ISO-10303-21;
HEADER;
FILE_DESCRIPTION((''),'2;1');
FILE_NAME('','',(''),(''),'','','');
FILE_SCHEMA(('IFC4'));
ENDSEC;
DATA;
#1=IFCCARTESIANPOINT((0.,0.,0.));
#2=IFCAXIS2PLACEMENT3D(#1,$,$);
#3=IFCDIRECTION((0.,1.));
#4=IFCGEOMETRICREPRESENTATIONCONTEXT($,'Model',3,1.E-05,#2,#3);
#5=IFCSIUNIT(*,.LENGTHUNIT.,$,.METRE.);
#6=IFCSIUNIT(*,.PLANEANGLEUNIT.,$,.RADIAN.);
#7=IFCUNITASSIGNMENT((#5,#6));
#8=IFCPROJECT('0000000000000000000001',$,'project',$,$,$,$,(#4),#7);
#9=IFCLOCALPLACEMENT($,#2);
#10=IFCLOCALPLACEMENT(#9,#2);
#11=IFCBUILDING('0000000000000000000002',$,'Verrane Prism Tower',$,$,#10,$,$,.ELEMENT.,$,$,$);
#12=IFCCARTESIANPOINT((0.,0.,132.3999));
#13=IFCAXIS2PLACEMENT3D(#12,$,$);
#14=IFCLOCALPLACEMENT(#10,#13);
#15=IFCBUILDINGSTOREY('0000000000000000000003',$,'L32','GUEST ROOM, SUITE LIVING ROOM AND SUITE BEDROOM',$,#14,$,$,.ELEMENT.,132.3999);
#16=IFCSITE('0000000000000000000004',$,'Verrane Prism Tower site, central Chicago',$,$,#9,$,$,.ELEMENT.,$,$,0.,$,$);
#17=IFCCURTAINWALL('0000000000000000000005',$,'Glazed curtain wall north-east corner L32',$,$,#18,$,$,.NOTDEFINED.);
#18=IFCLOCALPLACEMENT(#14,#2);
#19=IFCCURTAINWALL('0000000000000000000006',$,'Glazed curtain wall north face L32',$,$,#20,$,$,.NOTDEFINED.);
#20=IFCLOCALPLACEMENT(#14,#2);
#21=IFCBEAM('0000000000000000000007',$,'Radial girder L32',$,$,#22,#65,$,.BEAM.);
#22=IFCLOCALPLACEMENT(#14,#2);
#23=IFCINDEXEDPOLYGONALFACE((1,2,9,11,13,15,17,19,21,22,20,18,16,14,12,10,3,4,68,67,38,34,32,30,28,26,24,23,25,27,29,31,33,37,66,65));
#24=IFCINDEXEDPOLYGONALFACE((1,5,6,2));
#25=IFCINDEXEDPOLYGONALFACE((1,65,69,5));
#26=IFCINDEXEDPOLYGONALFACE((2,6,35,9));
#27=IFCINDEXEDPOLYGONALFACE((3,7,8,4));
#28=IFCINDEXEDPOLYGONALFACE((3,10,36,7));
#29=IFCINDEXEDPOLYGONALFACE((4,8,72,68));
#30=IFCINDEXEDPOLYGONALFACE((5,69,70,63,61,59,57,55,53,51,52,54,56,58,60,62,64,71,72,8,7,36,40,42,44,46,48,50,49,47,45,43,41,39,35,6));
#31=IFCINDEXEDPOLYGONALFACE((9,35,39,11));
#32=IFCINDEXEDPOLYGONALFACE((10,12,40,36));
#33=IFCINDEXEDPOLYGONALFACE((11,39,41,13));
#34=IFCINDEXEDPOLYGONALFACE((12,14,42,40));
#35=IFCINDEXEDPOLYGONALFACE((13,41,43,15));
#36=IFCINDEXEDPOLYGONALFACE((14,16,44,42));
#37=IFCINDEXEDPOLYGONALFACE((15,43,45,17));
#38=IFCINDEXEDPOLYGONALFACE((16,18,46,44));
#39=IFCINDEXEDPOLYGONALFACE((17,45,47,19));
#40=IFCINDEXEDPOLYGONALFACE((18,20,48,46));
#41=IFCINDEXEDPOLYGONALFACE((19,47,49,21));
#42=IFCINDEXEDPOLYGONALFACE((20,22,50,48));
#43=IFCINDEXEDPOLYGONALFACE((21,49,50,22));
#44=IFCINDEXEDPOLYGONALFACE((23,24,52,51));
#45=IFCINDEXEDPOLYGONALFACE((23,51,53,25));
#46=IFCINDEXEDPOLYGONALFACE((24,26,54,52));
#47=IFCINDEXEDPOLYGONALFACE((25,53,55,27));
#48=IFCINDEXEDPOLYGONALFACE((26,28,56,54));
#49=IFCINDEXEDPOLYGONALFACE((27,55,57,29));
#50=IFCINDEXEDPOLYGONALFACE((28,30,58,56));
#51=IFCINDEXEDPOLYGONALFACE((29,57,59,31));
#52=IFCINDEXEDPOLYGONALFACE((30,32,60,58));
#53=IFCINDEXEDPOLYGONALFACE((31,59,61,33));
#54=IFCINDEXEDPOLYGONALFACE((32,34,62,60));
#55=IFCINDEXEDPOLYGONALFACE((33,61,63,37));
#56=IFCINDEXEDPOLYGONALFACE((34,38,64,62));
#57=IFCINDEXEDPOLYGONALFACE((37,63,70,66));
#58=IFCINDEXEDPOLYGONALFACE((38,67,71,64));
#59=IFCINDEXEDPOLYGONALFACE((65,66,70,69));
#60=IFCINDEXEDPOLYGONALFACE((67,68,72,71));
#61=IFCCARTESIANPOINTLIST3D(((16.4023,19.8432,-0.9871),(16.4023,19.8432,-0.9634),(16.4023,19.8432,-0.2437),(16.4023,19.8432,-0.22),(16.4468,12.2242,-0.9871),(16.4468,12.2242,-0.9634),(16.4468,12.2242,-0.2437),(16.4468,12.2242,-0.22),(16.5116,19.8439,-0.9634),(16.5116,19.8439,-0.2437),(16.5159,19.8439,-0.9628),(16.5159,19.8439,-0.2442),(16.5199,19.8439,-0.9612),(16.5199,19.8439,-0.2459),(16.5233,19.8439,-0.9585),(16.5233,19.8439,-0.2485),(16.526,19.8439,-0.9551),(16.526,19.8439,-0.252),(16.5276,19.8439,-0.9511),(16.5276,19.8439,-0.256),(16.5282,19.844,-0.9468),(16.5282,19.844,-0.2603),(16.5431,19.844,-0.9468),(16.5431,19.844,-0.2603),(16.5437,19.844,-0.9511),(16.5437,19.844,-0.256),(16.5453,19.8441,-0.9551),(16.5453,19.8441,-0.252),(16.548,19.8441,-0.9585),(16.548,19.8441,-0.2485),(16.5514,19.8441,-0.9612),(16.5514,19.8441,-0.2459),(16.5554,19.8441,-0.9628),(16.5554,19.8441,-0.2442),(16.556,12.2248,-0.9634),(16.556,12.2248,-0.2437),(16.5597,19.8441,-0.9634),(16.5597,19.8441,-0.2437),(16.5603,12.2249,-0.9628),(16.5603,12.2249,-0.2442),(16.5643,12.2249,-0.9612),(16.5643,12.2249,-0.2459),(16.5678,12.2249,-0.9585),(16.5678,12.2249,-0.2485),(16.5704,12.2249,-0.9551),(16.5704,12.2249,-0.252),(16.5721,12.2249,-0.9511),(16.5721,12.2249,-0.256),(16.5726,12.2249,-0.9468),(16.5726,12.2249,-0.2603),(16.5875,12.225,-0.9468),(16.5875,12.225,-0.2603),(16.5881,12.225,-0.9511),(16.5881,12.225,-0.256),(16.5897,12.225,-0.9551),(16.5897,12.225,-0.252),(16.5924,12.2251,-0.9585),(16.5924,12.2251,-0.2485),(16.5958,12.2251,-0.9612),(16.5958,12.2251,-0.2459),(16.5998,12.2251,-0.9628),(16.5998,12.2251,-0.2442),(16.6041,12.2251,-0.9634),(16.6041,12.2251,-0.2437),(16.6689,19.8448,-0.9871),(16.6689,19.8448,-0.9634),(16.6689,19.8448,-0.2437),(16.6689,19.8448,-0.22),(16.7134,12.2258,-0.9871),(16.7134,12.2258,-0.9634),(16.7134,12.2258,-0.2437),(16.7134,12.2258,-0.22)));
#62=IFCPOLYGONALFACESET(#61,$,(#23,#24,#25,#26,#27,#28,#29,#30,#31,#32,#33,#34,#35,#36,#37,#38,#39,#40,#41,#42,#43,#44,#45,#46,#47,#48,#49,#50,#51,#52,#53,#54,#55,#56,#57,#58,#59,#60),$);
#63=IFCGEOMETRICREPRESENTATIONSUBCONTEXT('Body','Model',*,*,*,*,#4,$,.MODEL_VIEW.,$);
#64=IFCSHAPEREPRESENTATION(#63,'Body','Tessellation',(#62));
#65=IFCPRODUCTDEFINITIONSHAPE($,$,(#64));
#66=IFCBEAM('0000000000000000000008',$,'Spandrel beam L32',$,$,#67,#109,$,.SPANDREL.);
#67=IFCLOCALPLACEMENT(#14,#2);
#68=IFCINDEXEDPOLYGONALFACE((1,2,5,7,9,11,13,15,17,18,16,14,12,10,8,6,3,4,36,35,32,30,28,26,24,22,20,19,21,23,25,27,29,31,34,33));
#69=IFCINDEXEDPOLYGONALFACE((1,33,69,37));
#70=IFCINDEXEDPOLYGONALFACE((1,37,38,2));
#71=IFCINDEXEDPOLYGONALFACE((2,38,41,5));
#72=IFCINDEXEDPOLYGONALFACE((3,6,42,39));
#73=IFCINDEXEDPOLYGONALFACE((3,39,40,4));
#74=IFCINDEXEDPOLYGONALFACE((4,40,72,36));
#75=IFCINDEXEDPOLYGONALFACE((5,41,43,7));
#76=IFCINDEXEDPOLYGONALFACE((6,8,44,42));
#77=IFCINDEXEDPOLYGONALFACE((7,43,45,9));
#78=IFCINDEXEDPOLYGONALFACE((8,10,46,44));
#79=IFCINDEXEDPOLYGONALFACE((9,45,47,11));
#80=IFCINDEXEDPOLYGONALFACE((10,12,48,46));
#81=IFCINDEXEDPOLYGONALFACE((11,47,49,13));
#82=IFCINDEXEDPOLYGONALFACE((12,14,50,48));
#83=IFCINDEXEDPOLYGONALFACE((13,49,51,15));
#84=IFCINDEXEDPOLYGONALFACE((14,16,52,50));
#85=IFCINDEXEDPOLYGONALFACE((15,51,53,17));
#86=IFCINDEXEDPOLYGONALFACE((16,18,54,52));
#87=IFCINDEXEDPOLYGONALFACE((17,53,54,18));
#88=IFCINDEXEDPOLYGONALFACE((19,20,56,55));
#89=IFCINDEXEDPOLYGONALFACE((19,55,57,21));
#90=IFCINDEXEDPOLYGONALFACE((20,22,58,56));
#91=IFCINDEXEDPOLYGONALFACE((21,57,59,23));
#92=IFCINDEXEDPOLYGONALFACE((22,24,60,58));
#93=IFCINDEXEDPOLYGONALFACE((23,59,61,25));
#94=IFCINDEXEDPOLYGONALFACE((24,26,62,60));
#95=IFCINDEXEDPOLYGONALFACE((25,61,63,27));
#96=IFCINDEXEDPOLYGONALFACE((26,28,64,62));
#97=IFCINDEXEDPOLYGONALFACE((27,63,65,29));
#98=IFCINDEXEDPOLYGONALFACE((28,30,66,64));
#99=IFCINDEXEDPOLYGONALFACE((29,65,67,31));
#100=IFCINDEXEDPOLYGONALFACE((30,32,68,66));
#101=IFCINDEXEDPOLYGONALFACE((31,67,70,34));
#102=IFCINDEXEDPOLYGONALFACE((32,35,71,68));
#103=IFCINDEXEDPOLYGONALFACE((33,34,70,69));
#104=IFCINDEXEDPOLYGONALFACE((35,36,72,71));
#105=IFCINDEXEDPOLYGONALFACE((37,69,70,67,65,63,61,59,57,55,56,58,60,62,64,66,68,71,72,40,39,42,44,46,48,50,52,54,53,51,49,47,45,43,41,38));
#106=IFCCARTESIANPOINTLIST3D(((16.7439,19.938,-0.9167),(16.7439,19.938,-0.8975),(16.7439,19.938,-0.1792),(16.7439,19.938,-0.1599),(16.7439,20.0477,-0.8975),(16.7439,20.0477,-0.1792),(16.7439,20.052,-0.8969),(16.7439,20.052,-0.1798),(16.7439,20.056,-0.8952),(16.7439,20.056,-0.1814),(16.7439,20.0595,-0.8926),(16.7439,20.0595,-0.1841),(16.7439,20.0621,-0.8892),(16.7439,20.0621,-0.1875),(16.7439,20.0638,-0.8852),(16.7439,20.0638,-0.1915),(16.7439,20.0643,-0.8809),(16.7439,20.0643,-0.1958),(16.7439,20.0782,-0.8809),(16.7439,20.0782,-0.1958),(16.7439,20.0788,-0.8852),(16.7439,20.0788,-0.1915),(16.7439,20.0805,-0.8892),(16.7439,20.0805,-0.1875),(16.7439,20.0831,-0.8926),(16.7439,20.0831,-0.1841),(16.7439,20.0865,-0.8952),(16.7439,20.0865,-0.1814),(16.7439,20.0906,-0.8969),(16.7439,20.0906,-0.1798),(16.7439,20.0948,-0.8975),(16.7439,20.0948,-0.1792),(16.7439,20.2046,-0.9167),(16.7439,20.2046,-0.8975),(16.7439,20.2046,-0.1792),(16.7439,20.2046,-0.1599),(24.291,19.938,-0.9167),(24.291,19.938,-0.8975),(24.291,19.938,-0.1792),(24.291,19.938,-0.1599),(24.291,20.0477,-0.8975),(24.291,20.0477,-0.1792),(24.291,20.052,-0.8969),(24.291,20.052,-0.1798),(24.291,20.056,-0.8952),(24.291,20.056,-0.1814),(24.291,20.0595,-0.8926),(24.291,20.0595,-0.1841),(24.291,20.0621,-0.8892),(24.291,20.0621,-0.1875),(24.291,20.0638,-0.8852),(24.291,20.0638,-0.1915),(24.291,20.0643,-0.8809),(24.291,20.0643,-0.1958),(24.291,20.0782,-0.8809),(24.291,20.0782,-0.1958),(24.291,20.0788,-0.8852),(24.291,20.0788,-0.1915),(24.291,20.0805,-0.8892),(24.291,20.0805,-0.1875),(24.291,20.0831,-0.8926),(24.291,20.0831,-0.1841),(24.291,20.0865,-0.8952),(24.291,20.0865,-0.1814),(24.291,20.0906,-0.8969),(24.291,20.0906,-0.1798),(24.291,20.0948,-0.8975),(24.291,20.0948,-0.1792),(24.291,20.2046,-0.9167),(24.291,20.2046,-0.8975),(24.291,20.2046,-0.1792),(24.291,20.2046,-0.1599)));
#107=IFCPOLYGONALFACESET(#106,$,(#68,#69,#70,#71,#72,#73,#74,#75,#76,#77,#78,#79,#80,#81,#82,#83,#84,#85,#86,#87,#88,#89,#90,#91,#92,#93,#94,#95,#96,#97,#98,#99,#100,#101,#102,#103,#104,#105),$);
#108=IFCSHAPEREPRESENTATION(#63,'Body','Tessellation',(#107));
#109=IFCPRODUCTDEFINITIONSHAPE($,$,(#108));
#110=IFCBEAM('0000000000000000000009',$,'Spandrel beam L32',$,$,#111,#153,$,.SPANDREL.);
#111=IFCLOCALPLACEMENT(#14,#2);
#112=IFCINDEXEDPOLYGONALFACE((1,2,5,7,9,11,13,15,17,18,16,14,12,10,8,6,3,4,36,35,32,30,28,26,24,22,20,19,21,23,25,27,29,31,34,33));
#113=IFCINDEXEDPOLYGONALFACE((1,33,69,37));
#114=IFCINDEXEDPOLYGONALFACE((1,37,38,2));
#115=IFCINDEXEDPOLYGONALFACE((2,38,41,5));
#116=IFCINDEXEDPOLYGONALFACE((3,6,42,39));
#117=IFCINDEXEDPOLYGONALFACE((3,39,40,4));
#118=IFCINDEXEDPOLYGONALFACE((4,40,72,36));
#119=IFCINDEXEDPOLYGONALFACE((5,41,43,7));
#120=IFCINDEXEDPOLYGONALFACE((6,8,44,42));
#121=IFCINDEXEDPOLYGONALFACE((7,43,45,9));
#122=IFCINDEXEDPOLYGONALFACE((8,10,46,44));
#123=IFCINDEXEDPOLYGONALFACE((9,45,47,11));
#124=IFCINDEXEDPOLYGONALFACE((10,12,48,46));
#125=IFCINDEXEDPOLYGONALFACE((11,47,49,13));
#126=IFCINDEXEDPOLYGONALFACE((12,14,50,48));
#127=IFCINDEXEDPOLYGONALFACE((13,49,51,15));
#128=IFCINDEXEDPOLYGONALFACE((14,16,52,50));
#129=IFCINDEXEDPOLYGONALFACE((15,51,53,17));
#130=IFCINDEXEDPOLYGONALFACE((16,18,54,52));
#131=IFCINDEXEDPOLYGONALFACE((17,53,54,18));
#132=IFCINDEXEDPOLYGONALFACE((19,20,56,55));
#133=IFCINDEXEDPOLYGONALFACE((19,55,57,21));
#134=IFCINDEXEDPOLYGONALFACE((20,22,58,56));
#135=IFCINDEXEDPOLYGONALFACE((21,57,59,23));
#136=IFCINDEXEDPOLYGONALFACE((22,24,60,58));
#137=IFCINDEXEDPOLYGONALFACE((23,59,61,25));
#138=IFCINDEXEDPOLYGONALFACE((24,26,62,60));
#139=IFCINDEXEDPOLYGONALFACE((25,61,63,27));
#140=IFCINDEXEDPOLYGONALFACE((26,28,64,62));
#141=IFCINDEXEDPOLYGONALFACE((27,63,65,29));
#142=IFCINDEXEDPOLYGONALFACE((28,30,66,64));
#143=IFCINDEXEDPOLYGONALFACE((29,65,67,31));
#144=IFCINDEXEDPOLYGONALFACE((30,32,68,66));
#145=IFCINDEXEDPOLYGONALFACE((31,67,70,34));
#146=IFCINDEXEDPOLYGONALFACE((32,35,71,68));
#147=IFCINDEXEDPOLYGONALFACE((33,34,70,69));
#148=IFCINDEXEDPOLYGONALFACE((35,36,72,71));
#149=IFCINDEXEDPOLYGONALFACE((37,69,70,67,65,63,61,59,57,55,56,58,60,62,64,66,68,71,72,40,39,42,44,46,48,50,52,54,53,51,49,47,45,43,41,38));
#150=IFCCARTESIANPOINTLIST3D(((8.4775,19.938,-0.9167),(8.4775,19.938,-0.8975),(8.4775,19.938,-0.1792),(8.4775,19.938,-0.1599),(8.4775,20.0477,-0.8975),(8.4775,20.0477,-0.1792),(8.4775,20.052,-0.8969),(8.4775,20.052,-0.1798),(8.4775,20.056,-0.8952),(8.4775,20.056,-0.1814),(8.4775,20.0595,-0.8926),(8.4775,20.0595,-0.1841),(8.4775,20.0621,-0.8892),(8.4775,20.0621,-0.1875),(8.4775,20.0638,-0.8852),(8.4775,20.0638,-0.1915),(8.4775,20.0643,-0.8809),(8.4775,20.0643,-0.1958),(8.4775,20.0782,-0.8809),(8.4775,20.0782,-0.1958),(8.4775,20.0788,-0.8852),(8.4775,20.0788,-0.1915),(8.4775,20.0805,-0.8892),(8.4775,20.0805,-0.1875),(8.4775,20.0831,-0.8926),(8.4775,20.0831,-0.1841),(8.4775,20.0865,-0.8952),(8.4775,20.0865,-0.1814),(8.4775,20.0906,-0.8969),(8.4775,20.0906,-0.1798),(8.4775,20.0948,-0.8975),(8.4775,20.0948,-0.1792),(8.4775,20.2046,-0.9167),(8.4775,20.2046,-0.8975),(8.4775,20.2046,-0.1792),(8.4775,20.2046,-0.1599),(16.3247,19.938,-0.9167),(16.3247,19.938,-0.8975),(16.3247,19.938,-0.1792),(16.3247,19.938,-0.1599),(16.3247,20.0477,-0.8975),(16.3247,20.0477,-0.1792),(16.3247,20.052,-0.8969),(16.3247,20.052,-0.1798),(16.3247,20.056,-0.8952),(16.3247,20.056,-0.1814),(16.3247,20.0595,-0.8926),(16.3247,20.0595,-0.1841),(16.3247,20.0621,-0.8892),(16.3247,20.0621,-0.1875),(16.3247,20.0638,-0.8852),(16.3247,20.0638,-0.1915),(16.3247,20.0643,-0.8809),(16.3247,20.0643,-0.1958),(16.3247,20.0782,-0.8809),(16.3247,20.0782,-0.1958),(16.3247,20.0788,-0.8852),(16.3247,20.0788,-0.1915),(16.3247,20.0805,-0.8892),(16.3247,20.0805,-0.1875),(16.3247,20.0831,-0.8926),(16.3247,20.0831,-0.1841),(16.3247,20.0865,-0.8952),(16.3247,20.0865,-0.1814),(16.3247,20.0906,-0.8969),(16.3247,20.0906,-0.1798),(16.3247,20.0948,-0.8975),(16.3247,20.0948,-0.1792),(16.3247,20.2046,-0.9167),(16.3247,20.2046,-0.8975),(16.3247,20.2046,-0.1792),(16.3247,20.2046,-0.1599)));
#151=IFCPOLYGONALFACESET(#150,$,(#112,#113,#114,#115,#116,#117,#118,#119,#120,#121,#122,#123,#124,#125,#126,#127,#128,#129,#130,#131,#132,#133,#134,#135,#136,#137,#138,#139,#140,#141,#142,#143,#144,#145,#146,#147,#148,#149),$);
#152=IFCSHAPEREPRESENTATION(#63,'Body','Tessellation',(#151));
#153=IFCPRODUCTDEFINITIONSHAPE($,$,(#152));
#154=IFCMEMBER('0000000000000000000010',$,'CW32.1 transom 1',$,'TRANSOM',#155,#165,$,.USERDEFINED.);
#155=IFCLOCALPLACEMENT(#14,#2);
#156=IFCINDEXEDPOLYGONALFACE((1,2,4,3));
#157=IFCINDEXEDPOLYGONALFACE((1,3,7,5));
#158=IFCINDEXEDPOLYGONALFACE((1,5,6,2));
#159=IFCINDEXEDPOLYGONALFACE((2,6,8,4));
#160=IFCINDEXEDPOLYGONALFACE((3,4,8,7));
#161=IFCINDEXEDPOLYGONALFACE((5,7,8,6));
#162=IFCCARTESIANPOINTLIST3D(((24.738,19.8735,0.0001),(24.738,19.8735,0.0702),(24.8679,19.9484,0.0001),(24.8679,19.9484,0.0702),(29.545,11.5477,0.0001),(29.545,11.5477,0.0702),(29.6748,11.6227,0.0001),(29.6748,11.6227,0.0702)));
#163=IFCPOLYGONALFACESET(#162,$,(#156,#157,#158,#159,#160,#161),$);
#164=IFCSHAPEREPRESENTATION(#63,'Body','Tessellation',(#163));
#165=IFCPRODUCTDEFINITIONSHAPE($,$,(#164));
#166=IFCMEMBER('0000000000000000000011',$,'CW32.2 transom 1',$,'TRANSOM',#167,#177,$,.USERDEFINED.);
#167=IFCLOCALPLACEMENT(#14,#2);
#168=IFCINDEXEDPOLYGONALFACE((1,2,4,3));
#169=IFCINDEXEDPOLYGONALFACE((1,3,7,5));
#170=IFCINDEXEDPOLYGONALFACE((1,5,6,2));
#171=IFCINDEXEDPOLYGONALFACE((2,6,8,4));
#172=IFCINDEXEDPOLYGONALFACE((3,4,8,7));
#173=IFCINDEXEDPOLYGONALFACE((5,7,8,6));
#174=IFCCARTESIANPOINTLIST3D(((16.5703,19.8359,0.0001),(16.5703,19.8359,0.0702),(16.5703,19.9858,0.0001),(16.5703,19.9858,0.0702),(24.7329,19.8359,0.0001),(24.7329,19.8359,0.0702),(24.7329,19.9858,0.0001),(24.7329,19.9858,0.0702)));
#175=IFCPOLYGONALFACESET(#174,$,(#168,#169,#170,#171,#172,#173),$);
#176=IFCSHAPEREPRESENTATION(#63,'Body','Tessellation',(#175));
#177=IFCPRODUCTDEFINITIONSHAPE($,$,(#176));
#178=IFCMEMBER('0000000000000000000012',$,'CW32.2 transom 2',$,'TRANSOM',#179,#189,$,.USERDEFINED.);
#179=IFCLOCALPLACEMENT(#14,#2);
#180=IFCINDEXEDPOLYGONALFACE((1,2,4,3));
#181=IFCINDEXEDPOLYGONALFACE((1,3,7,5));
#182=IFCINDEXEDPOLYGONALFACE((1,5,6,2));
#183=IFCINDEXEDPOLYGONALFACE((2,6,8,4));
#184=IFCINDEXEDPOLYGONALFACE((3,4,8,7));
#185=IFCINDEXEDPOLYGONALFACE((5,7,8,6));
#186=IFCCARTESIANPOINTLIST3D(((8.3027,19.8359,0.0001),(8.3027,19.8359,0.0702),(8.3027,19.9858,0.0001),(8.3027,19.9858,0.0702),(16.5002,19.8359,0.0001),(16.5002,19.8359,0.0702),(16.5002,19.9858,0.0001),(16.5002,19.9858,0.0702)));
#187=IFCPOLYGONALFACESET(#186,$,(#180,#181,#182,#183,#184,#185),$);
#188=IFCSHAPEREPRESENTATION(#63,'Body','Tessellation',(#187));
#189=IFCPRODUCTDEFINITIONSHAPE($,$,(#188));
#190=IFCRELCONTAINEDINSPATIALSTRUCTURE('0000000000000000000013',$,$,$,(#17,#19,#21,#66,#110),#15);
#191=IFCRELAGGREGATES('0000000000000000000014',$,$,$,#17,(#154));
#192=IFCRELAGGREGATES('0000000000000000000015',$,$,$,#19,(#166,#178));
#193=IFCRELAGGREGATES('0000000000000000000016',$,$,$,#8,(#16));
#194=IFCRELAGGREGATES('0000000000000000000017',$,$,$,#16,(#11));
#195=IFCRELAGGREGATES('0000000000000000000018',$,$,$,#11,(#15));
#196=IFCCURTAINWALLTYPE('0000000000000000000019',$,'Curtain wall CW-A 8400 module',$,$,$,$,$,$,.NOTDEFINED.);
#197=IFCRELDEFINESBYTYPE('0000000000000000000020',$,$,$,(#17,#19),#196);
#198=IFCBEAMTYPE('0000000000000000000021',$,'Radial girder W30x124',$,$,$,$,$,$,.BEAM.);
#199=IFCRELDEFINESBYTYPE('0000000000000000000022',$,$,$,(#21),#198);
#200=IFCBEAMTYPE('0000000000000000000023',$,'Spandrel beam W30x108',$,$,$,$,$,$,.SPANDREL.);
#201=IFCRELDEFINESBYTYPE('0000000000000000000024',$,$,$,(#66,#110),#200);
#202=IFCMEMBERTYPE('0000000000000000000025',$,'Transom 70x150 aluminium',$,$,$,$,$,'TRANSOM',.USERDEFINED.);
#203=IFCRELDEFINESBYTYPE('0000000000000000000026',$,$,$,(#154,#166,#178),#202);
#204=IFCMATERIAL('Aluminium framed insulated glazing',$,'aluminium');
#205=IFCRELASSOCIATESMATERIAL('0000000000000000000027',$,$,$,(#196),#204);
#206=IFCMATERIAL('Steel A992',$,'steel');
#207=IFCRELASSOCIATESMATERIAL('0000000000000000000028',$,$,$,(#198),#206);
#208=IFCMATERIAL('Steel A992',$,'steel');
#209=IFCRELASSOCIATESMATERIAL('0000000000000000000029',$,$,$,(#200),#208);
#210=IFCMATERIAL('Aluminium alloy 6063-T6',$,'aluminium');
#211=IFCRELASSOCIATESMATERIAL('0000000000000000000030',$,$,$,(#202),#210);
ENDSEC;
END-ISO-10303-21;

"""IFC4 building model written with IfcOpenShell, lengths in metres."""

from ifc_helpers import new_model, si_unit, direction, frame, origin, origin_2d, place, context, subcontext, project, spatial, rectangle, i_section, extrude, material, material_profile, profile_set, type_object, element, aggregate, save


model = new_model("IFC4")

# Units and contexts
model_context = context("Model", 3, precision=1e-05, world=origin(), true_north=direction((0.0, 1.0)))
body_context = subcontext(model_context, "Body", "Model", "MODEL_VIEW")
ifc_project = project(units=[si_unit("LENGTHUNIT", "METRE"), si_unit("PLANEANGLEUNIT", "RADIAN")], contexts=[model_context])

# Site, building, storey
site_placement = place(None, origin())
site = spatial("IfcSite", under=ifc_project, at=site_placement, Name="Verrane Prism Tower site, central Chicago", CompositionType="ELEMENT", RefElevation=0.0)
building_placement = place(site_placement, origin())
building = spatial("IfcBuilding", under=site, at=building_placement, Name="Verrane Prism Tower", CompositionType="ELEMENT")
storey_placement = place(building_placement, frame((0.0, 0.0, 132.3999)))
storey = spatial("IfcBuildingStorey", under=building, at=storey_placement, Name="L32", Description="GUEST ROOM, SUITE LIVING ROOM AND SUITE BEDROOM", CompositionType="ELEMENT", Elevation=132.3999)

# Curtain wall
ifc_material_1 = material(Name="Aluminium framed insulated glazing", Category="aluminium")
curtain_wall_type = type_object("IfcCurtainWallType", Name="Curtain wall CW-A 8400 module", PredefinedType="NOTDEFINED", material=ifc_material_1)
curtain_wall_1_placement = place(storey_placement, origin())
curtain_wall_1 = element("IfcCurtainWall", 1, at=curtain_wall_1_placement, inside=storey, type_object=curtain_wall_type, Name="Glazed curtain wall north-east corner L32", PredefinedType="NOTDEFINED")

# Curtain wall
curtain_wall_2_placement = place(storey_placement, origin())
curtain_wall_2 = element("IfcCurtainWall", 2, at=curtain_wall_2_placement, inside=storey, type_object=curtain_wall_type, Name="Glazed curtain wall north face L32", PredefinedType="NOTDEFINED")

# Beams
ifc_material_2 = material(Name="Steel A992", Category="steel")
ifc_material_profile_1 = material_profile(ifc_material_2, i_section(OverallWidth=0.2666, OverallDepth=0.7671, WebThickness=0.0149, FlangeThickness=0.0237, FilletRadius=0.0166, at=origin_2d()), Name="W30x124")
ifc_profile_set_1 = profile_set([ifc_material_profile_1], Name="Steel A992")
beam_type_1 = type_object("IfcBeamType", Name="Radial girder W30x124", PredefinedType="BEAM", material=ifc_profile_set_1)
beam_1_placement = place(storey_placement, frame((16.5356, 19.844, -0.6035), z_axis=(0.005832, -0.999983, 0.0), x_axis=(0.999983, 0.005832, 0.0)))
element("IfcBeam", 3, at=beam_1_placement, inside=storey, type_object=beam_type_1, Name="Radial girder L32", PredefinedType="BEAM", context=body_context, shape_type="SweptSolid", body=[
    extrude(i_section(OverallWidth=0.2666, OverallDepth=0.7671, WebThickness=0.0149, FlangeThickness=0.0237, FilletRadius=0.0166, at=origin_2d()), origin(), (0.0, 0.0, 1.0), 7.6191),
])
ifc_material_3 = material(Name="Steel A992", Category="steel")
ifc_material_profile_2 = material_profile(ifc_material_3, i_section(OverallWidth=0.2666, OverallDepth=0.7568, WebThickness=0.0139, FlangeThickness=0.0193, FilletRadius=0.0166, at=origin_2d()), Name="W30x108")
ifc_profile_set_2 = profile_set([ifc_material_profile_2], Name="Steel A992")
beam_type_2 = type_object("IfcBeamType", Name="Spandrel beam W30x108", PredefinedType="SPANDREL", material=ifc_profile_set_2)
beam_2_placement = place(storey_placement, frame((24.291, 20.0713, -0.5383), z_axis=(-1.0, 0.0, 0.0), x_axis=(0.0, -1.0, 0.0)))
element("IfcBeam", 4, at=beam_2_placement, inside=storey, type_object=beam_type_2, Name="Spandrel beam L32", PredefinedType="SPANDREL", context=body_context, shape_type="SweptSolid", body=[
    extrude(i_section(OverallWidth=0.2666, OverallDepth=0.7568, WebThickness=0.0139, FlangeThickness=0.0193, FilletRadius=0.0166, at=origin_2d()), origin(), (0.0, 0.0, 1.0), 7.5471),
])
beam_3_placement = place(storey_placement, frame((16.3247, 20.0713, -0.5383), z_axis=(-1.0, 0.0, 0.0), x_axis=(0.0, -1.0, 0.0)))
element("IfcBeam", 5, at=beam_3_placement, inside=storey, type_object=beam_type_2, Name="Spandrel beam L32", PredefinedType="SPANDREL", context=body_context, shape_type="SweptSolid", body=[
    extrude(i_section(OverallWidth=0.2666, OverallDepth=0.7568, WebThickness=0.0139, FlangeThickness=0.0193, FilletRadius=0.0166, at=origin_2d()), origin(), (0.0, 0.0, 1.0), 7.8472),
])

# Members
ifc_material_4 = material(Name="Aluminium alloy 6063-T6", Category="aluminium")
ifc_material_profile_3 = material_profile(ifc_material_4, rectangle(XDim=0.1499, YDim=0.0701, at=origin_2d()), Name="Transom 70x150 aluminium")
ifc_profile_set_3 = profile_set([ifc_material_profile_3], Name="Aluminium alloy 6063-T6")
member_type_1 = type_object("IfcMemberType", Name="Transom 70x150 aluminium", ElementType="TRANSOM", PredefinedType="USERDEFINED", material=ifc_profile_set_3)
member_1_placement = place(storey_placement, frame((29.6099, 11.5852, 0.0352), z_axis=(-0.500004, 0.866023, 0.0), x_axis=(-0.866023, -0.500004, 0.0)))
member_1 = element("IfcMember", 6, at=member_1_placement, type_object=member_type_1, Name="CW32.1 transom 1", ObjectType="TRANSOM", PredefinedType="USERDEFINED", context=body_context, shape_type="SweptSolid", body=[
    extrude(rectangle(XDim=0.1499, YDim=0.0701, at=origin_2d()), origin(), (0.0, 0.0, 1.0), 9.6138),
])
member_2_placement = place(storey_placement, frame((24.7329, 19.9109, 0.0352), z_axis=(-1.0, 0.0, 0.0), x_axis=(0.0, -1.0, 0.0)))
member_2 = element("IfcMember", 7, at=member_2_placement, type_object=member_type_1, Name="CW32.2 transom 1", ObjectType="TRANSOM", PredefinedType="USERDEFINED", context=body_context, shape_type="SweptSolid", body=[
    extrude(rectangle(XDim=0.1499, YDim=0.0701, at=origin_2d()), origin(), (0.0, 0.0, 1.0), 8.1626),
])
member_3_placement = place(storey_placement, frame((16.5002, 19.9109, 0.0352), z_axis=(-1.0, 0.0, 0.0), x_axis=(0.0, -1.0, 0.0)))
member_3 = element("IfcMember", 8, at=member_3_placement, type_object=member_type_1, Name="CW32.2 transom 2", ObjectType="TRANSOM", PredefinedType="USERDEFINED", context=body_context, shape_type="SweptSolid", body=[
    extrude(rectangle(XDim=0.1499, YDim=0.0701, at=origin_2d()), origin(), (0.0, 0.0, 1.0), 8.1975),
])

aggregate(curtain_wall_1, [member_1])
aggregate(curtain_wall_2, [member_2, member_3])

save(model, "model.ifc")
